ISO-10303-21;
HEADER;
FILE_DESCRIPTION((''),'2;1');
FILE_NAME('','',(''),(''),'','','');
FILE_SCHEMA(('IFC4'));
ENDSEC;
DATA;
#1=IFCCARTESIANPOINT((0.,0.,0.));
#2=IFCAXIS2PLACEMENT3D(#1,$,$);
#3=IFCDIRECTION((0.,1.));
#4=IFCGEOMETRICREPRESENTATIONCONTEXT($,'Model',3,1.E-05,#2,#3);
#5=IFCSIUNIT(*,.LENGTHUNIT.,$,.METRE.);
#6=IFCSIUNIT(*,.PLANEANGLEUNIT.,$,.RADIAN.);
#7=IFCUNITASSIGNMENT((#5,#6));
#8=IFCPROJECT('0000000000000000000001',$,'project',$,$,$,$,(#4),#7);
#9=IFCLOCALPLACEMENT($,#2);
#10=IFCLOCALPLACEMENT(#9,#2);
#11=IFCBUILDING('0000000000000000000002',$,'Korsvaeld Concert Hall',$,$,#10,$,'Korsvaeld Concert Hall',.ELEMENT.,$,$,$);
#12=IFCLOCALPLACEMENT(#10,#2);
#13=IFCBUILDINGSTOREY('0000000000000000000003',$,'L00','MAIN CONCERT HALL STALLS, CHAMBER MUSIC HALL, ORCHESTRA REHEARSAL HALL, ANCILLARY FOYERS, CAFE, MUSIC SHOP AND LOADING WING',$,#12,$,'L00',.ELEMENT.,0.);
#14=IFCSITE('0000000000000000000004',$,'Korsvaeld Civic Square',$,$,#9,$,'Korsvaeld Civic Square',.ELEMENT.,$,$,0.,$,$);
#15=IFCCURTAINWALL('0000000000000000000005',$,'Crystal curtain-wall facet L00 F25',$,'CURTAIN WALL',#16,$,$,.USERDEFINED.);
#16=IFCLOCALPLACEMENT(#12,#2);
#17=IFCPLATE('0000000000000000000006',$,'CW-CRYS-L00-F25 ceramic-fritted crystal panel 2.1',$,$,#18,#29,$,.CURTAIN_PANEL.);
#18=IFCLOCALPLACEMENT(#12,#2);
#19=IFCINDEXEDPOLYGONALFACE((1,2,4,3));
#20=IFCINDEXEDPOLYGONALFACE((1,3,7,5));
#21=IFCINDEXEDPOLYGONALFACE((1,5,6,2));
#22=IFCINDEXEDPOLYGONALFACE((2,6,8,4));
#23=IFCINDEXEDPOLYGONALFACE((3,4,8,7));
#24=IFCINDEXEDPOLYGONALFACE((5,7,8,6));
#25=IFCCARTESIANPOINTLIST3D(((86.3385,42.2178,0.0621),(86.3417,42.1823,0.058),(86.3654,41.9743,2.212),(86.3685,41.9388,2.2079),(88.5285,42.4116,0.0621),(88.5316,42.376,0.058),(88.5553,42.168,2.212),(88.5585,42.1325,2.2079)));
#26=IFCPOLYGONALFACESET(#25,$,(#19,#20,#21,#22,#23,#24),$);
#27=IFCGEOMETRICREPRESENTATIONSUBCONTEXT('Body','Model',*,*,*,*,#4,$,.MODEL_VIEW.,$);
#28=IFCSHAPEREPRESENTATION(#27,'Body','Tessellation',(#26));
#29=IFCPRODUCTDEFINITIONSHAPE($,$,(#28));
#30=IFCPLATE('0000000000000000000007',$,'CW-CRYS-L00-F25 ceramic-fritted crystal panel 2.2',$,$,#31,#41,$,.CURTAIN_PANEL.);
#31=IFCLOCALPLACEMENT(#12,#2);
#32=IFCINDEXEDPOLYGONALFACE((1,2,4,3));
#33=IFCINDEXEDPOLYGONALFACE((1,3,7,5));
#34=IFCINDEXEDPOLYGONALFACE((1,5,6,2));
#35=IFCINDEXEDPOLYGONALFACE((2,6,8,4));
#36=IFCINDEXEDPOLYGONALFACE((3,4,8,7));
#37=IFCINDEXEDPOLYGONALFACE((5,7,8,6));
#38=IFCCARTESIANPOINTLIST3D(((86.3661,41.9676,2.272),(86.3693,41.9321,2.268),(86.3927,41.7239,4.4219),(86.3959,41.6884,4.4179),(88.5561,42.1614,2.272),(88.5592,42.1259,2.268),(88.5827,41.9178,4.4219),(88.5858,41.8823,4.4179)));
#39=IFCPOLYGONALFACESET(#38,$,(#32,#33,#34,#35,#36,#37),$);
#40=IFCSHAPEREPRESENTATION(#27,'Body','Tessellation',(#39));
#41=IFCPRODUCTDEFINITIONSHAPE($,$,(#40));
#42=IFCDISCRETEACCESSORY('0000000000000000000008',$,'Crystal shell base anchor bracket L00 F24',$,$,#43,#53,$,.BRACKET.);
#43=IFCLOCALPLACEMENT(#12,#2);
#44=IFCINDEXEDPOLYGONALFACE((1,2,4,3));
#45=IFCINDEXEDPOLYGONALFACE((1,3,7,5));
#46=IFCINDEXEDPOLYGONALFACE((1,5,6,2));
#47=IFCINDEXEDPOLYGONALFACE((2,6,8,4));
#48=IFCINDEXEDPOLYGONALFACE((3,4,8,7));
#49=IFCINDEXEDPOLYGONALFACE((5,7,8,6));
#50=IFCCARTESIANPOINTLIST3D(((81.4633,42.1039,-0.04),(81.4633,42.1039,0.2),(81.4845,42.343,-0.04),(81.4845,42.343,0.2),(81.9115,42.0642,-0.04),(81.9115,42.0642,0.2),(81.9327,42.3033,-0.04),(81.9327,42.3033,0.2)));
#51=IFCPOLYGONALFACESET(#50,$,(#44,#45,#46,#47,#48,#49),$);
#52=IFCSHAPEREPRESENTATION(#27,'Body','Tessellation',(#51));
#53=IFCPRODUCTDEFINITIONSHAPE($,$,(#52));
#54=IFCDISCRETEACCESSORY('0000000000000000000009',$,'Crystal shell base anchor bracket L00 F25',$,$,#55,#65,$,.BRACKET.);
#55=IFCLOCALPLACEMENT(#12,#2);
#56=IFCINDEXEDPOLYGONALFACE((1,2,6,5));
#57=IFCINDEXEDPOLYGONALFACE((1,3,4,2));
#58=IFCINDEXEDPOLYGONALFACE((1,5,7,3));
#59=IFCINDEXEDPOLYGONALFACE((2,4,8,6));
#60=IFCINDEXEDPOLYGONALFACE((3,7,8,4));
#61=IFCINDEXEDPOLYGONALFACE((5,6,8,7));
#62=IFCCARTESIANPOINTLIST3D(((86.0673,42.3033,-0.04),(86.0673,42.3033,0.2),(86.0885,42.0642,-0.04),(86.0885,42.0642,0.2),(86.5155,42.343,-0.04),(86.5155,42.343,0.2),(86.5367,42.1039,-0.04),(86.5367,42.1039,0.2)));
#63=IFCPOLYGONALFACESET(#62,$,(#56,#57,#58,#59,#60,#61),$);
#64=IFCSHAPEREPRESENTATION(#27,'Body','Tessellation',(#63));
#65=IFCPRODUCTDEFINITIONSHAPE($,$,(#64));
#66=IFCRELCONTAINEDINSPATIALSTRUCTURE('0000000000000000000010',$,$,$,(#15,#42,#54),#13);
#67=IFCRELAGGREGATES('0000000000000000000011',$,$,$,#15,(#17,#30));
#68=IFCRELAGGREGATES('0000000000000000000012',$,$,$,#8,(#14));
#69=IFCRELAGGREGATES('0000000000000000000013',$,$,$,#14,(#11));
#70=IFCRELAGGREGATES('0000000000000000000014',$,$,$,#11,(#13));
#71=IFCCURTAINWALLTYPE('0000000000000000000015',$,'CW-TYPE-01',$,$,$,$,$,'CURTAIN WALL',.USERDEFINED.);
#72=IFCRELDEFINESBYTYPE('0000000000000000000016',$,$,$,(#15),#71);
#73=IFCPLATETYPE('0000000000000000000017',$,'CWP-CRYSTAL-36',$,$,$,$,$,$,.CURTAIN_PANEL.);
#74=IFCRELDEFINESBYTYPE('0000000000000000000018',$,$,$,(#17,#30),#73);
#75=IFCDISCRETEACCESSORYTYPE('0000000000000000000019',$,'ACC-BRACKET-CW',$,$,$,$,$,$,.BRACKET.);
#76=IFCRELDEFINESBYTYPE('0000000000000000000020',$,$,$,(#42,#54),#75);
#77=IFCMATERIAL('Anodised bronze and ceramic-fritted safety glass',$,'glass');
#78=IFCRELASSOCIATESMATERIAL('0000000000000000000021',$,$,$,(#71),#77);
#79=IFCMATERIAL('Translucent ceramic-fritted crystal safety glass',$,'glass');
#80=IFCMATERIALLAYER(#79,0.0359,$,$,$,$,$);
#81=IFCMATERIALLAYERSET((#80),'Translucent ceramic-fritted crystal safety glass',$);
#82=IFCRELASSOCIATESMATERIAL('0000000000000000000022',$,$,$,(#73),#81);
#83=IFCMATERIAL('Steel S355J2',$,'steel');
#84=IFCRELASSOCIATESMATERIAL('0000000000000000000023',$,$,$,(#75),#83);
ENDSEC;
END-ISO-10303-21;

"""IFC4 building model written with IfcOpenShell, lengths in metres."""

from ifc_helpers import new_model, si_unit, direction, frame, origin, origin_2d, place, context, subcontext, project, spatial, polyline, rectangle, outline, extrude, material, layer, layer_set, type_object, element, aggregate, save


model = new_model("IFC4")

# Units and contexts
model_context = context("Model", 3, precision=1e-05, world=origin(), true_north=direction((0.0, 1.0)))
body_context = subcontext(model_context, "Body", "Model", "MODEL_VIEW")
ifc_project = project(units=[si_unit("LENGTHUNIT", "METRE"), si_unit("PLANEANGLEUNIT", "RADIAN")], contexts=[model_context])

# Site, building, storey
site_placement = place(None, origin())
site = spatial("IfcSite", under=ifc_project, at=site_placement, Name="Korsvaeld Civic Square", LongName="Korsvaeld Civic Square", CompositionType="ELEMENT", RefElevation=0.0)
building_placement = place(site_placement, origin())
building = spatial("IfcBuilding", under=site, at=building_placement, Name="Korsvaeld Concert Hall", LongName="Korsvaeld Concert Hall", CompositionType="ELEMENT")
storey_placement = place(building_placement, origin())
storey = spatial("IfcBuildingStorey", under=building, at=storey_placement, Name="L00", Description="MAIN CONCERT HALL STALLS, CHAMBER MUSIC HALL, ORCHESTRA REHEARSAL HALL, ANCILLARY FOYERS, CAFE, MUSIC SHOP AND LOADING WING", LongName="L00", CompositionType="ELEMENT", Elevation=0.0)

# Shared definitions
ifc_material_1 = material(Name="Steel S355J2", Category="steel")

# Shared definitions
ifc_material_2 = material(Name="Anodised bronze and ceramic-fritted safety glass", Category="glass")

# Curtain wall
curtain_wall_type_1 = type_object("IfcCurtainWallType", Name="CW-TYPE-01", ElementType="CURTAIN WALL", PredefinedType="USERDEFINED", material=ifc_material_2)
curtain_wall_1_placement = place(storey_placement, origin())
curtain_wall_1 = element("IfcCurtainWall", 1, at=curtain_wall_1_placement, inside=storey, type_object=curtain_wall_type_1, Name="Crystal curtain-wall facet L00 F25", ObjectType="CURTAIN WALL", PredefinedType="USERDEFINED")

# Plates
ifc_material_3 = material(Name="Translucent ceramic-fritted crystal safety glass", Category="glass")
ifc_layer = layer(ifc_material_3, 0.0359)
ifc_layer_set = layer_set([ifc_layer], Name="Translucent ceramic-fritted crystal safety glass")
plate_type = type_object("IfcPlateType", Name="CWP-CRYSTAL-36", PredefinedType="CURTAIN_PANEL", material=ifc_layer_set)
plate_1_placement = place(storey_placement, frame((86.3401, 42.2002, 0.0601), z_axis=(0.087551, -0.989707, -0.113203), x_axis=(0.99611, 0.088118, -0.000006)))
plate_1 = element("IfcPlate", 2, at=plate_1_placement, type_object=plate_type, Name="CW-CRYS-L00-F25 ceramic-fritted crystal panel 2.1", PredefinedType="CURTAIN_PANEL", context=body_context, shape_type="SweptSolid", body=[
    extrude(outline(polyline([(0.0, 0.0), (2.1985, 0.0), (2.2038, 2.1638), (0.0053, 2.1638), (0.0, 0.0)])), frame((0.0, 0.0, 0.0181)), (0.0, 0.0, -1.0), 0.0359),
])
plate_2_placement = place(storey_placement, frame((86.3677, 41.95, 2.27), z_axis=(0.087605, -0.989697, -0.113249), x_axis=(0.996105, 0.088173, 0.0)))
plate_2 = element("IfcPlate", 3, at=plate_2_placement, type_object=plate_type, Name="CW-CRYS-L00-F25 ceramic-fritted crystal panel 2.2", PredefinedType="CURTAIN_PANEL", context=body_context, shape_type="SweptSolid", body=[
    extrude(outline(polyline([(0.0, 0.0), (2.1985, 0.0), (2.2035, 2.1638), (0.005, 2.1638), (0.0, 0.0)])), frame((0.0, 0.0, 0.0181)), (0.0, 0.0, -1.0), 0.0359),
])
aggregate(curtain_wall_1, [plate_1, plate_2])

# Discrete accessories
discrete_accessory_type = type_object("IfcDiscreteAccessoryType", Name="ACC-BRACKET-CW", PredefinedType="BRACKET", material=ifc_material_1)
for number, where, z_axis, x_axis, name in (
    (4, (81.698, 42.2036, -0.04), (0.0, 0.0, 1.0), (0.996103, -0.088199, 0.0), "Crystal shell base anchor bracket L00 F24"),
    (5, (86.302, 42.2036, -0.04), (0.0, 0.0, 1.0), (0.996103, 0.088199, 0.0), "Crystal shell base anchor bracket L00 F25"),
):
    element("IfcDiscreteAccessory", number, at=place(storey_placement, frame(where, z_axis=z_axis, x_axis=x_axis)), inside=storey, type_object=discrete_accessory_type, Name=name, PredefinedType="BRACKET", context=body_context, shape_type="SweptSolid", body=[
        extrude(rectangle(XDim=0.45, YDim=0.24, at=origin_2d()), origin(), (0.0, 0.0, 1.0), 0.24),
    ])

save(model, "model.ifc")
